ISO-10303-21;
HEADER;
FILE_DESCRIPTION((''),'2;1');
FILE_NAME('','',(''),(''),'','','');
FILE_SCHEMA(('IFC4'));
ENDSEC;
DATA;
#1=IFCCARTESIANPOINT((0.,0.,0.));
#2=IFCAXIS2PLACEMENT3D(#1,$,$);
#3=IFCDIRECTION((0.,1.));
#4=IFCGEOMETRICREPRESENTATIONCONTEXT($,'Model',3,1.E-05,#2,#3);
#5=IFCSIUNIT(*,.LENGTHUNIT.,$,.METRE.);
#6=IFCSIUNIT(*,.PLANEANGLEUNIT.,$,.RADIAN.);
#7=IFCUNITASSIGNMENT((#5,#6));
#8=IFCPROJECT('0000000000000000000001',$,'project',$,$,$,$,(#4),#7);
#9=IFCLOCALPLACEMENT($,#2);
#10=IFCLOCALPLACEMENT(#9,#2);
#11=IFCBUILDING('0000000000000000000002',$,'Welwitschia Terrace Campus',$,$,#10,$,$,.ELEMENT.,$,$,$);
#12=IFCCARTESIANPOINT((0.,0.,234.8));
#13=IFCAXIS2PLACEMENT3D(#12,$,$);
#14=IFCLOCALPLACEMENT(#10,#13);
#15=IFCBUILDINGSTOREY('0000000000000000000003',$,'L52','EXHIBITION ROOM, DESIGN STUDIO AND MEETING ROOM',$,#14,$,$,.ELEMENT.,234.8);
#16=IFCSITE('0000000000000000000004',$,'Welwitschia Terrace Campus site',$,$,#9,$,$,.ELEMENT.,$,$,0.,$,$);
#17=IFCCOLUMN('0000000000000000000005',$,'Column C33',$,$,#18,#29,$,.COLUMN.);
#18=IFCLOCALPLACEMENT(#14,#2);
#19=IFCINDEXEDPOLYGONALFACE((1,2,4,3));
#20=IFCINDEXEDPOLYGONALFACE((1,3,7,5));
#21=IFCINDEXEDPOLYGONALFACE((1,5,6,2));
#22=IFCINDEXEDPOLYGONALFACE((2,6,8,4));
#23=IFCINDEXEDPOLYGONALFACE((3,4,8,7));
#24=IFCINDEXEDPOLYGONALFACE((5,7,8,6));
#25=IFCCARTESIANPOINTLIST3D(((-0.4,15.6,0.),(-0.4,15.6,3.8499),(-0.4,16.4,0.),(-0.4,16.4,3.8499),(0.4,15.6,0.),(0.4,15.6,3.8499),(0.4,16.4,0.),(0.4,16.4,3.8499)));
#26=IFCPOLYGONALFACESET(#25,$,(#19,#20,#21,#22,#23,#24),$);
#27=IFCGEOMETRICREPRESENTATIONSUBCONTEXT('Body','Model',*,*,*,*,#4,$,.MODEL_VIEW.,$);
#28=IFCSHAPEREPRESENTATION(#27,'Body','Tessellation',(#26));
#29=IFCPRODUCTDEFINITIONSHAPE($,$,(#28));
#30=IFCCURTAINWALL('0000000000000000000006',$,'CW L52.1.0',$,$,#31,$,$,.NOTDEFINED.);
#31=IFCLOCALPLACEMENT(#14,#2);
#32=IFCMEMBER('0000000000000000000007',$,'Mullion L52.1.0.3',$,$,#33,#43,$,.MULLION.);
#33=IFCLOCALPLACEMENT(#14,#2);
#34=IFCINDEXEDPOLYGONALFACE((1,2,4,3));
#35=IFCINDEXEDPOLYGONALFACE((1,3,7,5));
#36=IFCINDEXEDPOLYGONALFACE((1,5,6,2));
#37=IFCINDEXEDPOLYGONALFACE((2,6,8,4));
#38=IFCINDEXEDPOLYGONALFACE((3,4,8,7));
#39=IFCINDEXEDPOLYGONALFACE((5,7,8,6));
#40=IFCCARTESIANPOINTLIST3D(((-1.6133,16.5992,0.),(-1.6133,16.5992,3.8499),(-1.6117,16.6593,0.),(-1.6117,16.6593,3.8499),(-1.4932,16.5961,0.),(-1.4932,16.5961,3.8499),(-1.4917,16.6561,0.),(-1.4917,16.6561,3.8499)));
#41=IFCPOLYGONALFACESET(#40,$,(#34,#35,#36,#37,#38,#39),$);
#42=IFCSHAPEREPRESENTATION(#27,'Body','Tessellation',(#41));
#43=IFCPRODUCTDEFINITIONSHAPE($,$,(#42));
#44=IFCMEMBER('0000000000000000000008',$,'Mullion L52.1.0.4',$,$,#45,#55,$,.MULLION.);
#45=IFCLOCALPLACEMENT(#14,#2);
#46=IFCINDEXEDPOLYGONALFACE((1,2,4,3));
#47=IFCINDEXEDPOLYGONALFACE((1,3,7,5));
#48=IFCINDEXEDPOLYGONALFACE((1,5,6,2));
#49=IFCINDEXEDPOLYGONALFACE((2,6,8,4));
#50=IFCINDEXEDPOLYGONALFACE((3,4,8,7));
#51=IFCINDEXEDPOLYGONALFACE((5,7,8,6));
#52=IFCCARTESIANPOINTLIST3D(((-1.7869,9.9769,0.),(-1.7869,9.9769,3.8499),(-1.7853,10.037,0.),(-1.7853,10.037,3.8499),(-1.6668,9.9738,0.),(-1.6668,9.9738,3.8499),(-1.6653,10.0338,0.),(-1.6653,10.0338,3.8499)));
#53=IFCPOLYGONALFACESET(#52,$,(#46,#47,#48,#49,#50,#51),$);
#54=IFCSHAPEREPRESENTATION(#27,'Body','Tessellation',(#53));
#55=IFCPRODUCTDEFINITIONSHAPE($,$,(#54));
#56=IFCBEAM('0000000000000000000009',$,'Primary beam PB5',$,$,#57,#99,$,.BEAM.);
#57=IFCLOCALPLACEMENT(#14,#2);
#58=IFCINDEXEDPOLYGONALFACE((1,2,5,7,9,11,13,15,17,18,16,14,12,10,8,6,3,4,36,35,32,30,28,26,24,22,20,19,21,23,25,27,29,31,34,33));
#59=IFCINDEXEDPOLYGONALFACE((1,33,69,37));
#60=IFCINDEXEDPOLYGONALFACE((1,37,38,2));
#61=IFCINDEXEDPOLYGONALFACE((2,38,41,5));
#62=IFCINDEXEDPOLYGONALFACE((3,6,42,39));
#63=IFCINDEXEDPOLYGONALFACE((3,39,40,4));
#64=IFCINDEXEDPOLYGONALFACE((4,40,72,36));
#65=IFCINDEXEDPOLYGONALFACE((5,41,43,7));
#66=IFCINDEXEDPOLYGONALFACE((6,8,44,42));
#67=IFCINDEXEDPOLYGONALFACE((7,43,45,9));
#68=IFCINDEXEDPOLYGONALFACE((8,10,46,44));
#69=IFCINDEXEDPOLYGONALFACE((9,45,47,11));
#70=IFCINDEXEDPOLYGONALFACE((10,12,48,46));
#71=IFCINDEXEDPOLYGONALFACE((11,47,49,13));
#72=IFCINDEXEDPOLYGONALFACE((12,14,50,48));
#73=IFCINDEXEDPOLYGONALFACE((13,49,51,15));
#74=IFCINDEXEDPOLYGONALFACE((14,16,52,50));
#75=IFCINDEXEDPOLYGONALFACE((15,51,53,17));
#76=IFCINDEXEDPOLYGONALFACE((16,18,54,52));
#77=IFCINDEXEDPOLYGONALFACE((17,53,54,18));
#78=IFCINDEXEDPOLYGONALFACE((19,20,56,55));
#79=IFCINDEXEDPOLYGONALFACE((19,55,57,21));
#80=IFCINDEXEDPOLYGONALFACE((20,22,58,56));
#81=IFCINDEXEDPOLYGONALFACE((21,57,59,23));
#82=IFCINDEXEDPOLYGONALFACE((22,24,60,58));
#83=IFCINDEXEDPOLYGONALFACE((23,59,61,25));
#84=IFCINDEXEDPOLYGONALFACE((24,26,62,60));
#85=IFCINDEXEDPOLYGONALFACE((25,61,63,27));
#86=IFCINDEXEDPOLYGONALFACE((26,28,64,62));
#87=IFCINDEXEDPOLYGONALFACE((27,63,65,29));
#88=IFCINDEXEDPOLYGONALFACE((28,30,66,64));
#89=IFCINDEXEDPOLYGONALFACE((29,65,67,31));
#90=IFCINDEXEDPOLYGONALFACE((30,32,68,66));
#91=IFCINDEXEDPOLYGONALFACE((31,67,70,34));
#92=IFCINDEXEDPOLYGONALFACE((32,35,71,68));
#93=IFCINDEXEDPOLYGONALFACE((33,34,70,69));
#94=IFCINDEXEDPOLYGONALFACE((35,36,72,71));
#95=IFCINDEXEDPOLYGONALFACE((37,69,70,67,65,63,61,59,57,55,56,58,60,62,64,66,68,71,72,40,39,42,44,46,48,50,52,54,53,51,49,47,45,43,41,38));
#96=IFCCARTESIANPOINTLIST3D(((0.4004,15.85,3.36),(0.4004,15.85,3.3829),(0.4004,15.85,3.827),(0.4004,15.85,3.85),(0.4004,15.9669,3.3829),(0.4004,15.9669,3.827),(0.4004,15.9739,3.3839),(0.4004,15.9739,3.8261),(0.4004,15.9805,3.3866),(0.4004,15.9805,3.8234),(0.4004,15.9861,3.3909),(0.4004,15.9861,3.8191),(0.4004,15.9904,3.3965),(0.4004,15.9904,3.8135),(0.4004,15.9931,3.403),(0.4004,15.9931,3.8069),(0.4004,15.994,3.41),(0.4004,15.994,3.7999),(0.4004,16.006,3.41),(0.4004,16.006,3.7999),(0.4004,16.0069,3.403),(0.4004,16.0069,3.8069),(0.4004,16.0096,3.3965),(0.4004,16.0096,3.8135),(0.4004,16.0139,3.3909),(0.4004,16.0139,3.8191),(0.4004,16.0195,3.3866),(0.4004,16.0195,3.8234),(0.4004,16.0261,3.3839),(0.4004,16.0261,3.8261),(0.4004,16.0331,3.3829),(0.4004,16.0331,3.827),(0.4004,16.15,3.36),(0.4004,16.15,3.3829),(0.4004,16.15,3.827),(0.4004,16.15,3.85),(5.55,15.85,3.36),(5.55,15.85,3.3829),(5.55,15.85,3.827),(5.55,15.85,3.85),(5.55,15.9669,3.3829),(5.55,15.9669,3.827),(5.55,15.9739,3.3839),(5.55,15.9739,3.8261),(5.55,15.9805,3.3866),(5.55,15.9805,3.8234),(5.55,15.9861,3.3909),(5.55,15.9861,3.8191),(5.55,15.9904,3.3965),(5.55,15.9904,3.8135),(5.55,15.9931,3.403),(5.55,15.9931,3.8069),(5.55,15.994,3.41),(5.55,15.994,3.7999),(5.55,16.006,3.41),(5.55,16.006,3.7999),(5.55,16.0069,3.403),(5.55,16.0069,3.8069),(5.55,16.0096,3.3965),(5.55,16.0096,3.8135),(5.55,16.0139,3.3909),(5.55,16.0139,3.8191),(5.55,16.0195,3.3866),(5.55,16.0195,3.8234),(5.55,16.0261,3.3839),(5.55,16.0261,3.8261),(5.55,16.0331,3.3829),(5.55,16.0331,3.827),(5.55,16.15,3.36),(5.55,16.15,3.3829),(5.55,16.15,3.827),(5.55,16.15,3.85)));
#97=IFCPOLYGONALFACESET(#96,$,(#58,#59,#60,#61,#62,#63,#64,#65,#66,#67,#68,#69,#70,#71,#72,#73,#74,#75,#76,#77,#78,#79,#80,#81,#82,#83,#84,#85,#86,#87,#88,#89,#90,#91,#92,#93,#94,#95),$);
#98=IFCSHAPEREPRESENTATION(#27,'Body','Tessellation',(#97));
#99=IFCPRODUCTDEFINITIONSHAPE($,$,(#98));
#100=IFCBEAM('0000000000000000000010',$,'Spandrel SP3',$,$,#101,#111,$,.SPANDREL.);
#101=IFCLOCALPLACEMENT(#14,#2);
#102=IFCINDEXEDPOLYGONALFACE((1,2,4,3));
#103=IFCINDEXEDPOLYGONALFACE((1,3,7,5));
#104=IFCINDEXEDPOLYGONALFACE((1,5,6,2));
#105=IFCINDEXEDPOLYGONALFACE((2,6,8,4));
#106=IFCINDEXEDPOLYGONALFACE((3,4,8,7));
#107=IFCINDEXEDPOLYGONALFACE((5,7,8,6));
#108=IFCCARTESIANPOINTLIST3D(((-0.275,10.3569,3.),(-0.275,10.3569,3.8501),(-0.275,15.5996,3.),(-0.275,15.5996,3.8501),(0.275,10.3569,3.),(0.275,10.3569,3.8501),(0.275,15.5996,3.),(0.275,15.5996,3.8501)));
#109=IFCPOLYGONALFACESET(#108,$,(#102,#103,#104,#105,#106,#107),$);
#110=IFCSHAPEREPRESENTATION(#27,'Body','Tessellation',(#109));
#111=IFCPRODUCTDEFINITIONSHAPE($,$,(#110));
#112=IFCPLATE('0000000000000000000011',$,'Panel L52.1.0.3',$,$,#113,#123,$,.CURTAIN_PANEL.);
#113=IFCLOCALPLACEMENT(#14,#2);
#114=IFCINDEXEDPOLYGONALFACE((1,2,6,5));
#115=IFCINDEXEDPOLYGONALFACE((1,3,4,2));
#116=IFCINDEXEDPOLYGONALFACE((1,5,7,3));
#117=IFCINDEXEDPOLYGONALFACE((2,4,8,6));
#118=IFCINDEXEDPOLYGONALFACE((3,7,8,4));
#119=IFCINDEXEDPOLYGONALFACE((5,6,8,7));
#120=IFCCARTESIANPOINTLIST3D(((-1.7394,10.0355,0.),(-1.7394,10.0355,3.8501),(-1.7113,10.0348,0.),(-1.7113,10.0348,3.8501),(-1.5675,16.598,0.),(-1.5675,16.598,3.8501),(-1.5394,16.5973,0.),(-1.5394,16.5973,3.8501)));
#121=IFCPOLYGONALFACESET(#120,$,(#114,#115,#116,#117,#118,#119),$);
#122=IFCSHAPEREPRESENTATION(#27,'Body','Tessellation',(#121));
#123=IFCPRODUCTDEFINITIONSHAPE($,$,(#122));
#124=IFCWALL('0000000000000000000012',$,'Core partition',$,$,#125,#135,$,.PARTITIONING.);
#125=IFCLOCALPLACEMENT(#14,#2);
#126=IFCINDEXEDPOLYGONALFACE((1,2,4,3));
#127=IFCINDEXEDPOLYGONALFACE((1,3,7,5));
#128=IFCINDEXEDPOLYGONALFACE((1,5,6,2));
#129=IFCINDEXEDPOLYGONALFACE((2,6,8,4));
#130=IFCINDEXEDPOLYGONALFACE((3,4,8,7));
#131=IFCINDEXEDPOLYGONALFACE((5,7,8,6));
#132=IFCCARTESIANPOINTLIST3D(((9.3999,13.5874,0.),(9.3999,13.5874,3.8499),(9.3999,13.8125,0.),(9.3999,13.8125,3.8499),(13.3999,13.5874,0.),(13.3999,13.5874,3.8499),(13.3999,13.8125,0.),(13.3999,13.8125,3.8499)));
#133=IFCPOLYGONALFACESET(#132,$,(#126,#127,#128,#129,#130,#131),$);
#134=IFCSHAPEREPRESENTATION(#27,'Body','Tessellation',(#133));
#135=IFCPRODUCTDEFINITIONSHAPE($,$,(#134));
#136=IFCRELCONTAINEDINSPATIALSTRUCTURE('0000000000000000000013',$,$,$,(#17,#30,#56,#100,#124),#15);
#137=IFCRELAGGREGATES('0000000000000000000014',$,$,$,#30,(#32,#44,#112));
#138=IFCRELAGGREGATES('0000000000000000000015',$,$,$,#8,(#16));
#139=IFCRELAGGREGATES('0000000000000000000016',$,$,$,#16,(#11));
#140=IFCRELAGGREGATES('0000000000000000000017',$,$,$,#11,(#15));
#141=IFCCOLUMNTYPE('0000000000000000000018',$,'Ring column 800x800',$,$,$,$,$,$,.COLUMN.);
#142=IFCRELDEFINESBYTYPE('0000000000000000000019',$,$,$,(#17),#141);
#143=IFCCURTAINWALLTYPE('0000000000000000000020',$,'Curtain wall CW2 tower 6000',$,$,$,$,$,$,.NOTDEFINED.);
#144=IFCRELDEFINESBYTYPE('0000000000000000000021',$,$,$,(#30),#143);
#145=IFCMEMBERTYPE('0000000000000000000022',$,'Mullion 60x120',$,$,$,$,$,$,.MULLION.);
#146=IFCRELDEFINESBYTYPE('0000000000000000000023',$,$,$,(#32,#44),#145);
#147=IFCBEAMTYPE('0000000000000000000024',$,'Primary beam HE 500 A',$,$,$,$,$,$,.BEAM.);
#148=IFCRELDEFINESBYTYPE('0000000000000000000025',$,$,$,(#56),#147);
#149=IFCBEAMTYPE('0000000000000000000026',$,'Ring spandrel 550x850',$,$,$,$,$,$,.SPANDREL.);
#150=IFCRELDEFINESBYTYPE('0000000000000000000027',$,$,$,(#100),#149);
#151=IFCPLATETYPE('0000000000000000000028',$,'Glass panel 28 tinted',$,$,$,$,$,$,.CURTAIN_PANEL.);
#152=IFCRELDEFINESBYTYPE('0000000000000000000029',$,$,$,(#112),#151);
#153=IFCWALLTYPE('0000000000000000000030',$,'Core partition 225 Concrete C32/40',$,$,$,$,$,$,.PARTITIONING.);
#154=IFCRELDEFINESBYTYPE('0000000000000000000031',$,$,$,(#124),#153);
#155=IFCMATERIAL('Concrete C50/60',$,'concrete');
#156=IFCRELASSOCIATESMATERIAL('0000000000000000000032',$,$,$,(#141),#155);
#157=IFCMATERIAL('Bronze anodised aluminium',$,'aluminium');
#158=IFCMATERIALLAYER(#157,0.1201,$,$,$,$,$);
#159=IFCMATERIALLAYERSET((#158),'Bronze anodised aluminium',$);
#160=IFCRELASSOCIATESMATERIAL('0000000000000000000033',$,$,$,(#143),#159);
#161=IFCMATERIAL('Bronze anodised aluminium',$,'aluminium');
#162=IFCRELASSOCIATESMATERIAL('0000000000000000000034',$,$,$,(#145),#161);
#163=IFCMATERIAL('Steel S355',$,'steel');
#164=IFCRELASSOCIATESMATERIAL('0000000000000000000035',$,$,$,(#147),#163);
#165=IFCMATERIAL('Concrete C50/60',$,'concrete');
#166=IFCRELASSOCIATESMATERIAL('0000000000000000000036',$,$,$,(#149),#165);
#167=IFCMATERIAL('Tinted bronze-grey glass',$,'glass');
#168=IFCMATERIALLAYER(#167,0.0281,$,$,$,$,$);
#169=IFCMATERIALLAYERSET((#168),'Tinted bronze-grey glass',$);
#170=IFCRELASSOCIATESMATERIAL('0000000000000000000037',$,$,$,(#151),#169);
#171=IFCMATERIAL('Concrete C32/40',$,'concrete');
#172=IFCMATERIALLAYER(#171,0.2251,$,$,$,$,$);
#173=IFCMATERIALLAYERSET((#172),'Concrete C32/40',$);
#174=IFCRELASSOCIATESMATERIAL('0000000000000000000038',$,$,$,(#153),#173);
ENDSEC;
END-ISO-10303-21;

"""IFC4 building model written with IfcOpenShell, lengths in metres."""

from ifc_helpers import new_model, si_unit, direction, frame, frame_2d, origin, origin_2d, place, context, subcontext, project, spatial, rectangle, i_section, extrude, material, layer, layer_set, material_profile, profile_set, type_object, element, aggregate, save


model = new_model("IFC4")

# Units and contexts
model_context = context("Model", 3, precision=1e-05, world=origin(), true_north=direction((0.0, 1.0)))
body_context = subcontext(model_context, "Body", "Model", "MODEL_VIEW")
ifc_project = project(units=[si_unit("LENGTHUNIT", "METRE"), si_unit("PLANEANGLEUNIT", "RADIAN")], contexts=[model_context])

# Site, building, storey
site_placement = place(None, origin())
site = spatial("IfcSite", under=ifc_project, at=site_placement, Name="Welwitschia Terrace Campus site", CompositionType="ELEMENT", RefElevation=0.0)
building_placement = place(site_placement, origin())
building = spatial("IfcBuilding", under=site, at=building_placement, Name="Welwitschia Terrace Campus", CompositionType="ELEMENT")
storey_placement = place(building_placement, frame((0.0, 0.0, 234.8)))
storey = spatial("IfcBuildingStorey", under=building, at=storey_placement, Name="L52", Description="EXHIBITION ROOM, DESIGN STUDIO AND MEETING ROOM", CompositionType="ELEMENT", Elevation=234.8)

# Column
ifc_material_1 = material(Name="Concrete C50/60", Category="concrete")
ifc_material_profile_1 = material_profile(ifc_material_1, rectangle(XDim=0.8, YDim=0.8, at=origin_2d()))
ifc_profile_set_1 = profile_set([ifc_material_profile_1], Name="Concrete C50/60")
column_type = type_object("IfcColumnType", Name="Ring column 800x800", PredefinedType="COLUMN", material=ifc_profile_set_1)
column_placement = place(storey_placement, frame((0.0, 16.0, 0.0), z_axis=(0.0, 0.0, 1.0), x_axis=(1.0, 0.0, 0.0)))
element("IfcColumn", 1, at=column_placement, inside=storey, type_object=column_type, Name="Column C33", PredefinedType="COLUMN", context=body_context, shape_type="SweptSolid", body=[
    extrude(rectangle(XDim=0.8, YDim=0.8, at=origin_2d()), origin(), (0.0, 0.0, 1.0), 3.8499),
])

# Curtain wall, members
ifc_material_2 = material(Name="Bronze anodised aluminium", Category="aluminium")
ifc_layer_1 = layer(ifc_material_2, 0.1201)
ifc_layer_set_1 = layer_set([ifc_layer_1], Name="Bronze anodised aluminium")
curtain_wall_type = type_object("IfcCurtainWallType", Name="Curtain wall CW2 tower 6000", PredefinedType="NOTDEFINED", material=ifc_layer_set_1)
curtain_wall_placement = place(storey_placement, origin())
curtain_wall = element("IfcCurtainWall", 2, at=curtain_wall_placement, inside=storey, type_object=curtain_wall_type, Name="CW L52.1.0", PredefinedType="NOTDEFINED")
ifc_material_3 = material(Name="Bronze anodised aluminium", Category="aluminium")
ifc_material_profile_2 = material_profile(ifc_material_3, rectangle(XDim=0.1201, YDim=0.0601, at=origin_2d()))
ifc_profile_set_2 = profile_set([ifc_material_profile_2], Name="Bronze anodised aluminium")
member_type = type_object("IfcMemberType", Name="Mullion 60x120", PredefinedType="MULLION", material=ifc_profile_set_2)
member_1_placement = place(storey_placement, frame((-1.5525, 16.6277, 0.0), z_axis=(0.0, 0.0, 1.0), x_axis=(0.999657, -0.026177, 0.0)))
member_1 = element("IfcMember", 3, at=member_1_placement, type_object=member_type, Name="Mullion L52.1.0.3", PredefinedType="MULLION", context=body_context, shape_type="SweptSolid", body=[
    extrude(rectangle(XDim=0.1201, YDim=0.0601, at=origin_2d()), origin(), (0.0, 0.0, 1.0), 3.8499),
])
member_2_placement = place(storey_placement, frame((-1.7261, 10.0054, 0.0), z_axis=(0.0, 0.0, 1.0), x_axis=(0.999657, -0.026177, 0.0)))
member_2 = element("IfcMember", 4, at=member_2_placement, type_object=member_type, Name="Mullion L52.1.0.4", PredefinedType="MULLION", context=body_context, shape_type="SweptSolid", body=[
    extrude(rectangle(XDim=0.1201, YDim=0.0601, at=origin_2d()), origin(), (0.0, 0.0, 1.0), 3.8499),
])

# Beams
ifc_material_4 = material(Name="Steel S355", Category="steel")
ifc_material_profile_3 = material_profile(ifc_material_4, i_section(OverallWidth=0.3, OverallDepth=0.49, WebThickness=0.012, FlangeThickness=0.0229, FilletRadius=0.0271, at=origin_2d()))
ifc_profile_set_3 = profile_set([ifc_material_profile_3], Name="Steel S355")
beam_type_1 = type_object("IfcBeamType", Name="Primary beam HE 500 A", PredefinedType="BEAM", material=ifc_profile_set_3)
beam_1_placement = place(storey_placement, frame((0.4004, 16.0, 3.605), z_axis=(1.0, 0.0, 0.0), x_axis=(0.0, 1.0, 0.0)))
element("IfcBeam", 5, at=beam_1_placement, inside=storey, type_object=beam_type_1, Name="Primary beam PB5", PredefinedType="BEAM", context=body_context, shape_type="SweptSolid", body=[
    extrude(i_section(OverallWidth=0.3, OverallDepth=0.49, WebThickness=0.012, FlangeThickness=0.0229, FilletRadius=0.0271, at=origin_2d()), origin(), (0.0, 0.0, 1.0), 5.1497),
])
ifc_material_5 = material(Name="Concrete C50/60", Category="concrete")
ifc_material_profile_4 = material_profile(ifc_material_5, rectangle(XDim=0.55, YDim=0.8501, at=origin_2d()))
ifc_profile_set_4 = profile_set([ifc_material_profile_4], Name="Concrete C50/60")
beam_type_2 = type_object("IfcBeamType", Name="Ring spandrel 550x850", PredefinedType="SPANDREL", material=ifc_profile_set_4)
beam_2_placement = place(storey_placement, frame((0.0, 15.5996, 3.425), z_axis=(0.0, -1.0, 0.0), x_axis=(1.0, 0.0, 0.0)))
element("IfcBeam", 6, at=beam_2_placement, inside=storey, type_object=beam_type_2, Name="Spandrel SP3", PredefinedType="SPANDREL", context=body_context, shape_type="SweptSolid", body=[
    extrude(rectangle(XDim=0.55, YDim=0.8501, at=origin_2d()), origin(), (0.0, 0.0, 1.0), 5.2427),
])

# Plate
ifc_material_6 = material(Name="Tinted bronze-grey glass", Category="glass")
ifc_layer_2 = layer(ifc_material_6, 0.0281)
ifc_layer_set_2 = layer_set([ifc_layer_2], Name="Tinted bronze-grey glass")
plate_type = type_object("IfcPlateType", Name="Glass panel 28 tinted", PredefinedType="CURTAIN_PANEL", material=ifc_layer_set_2)
plate_placement = place(storey_placement, frame((-1.6394, 13.3164, 0.0), z_axis=(0.0, 0.0, 1.0), x_axis=(-0.026177, -0.999657, 0.0)))
plate = element("IfcPlate", 7, at=plate_placement, type_object=plate_type, Name="Panel L52.1.0.3", PredefinedType="CURTAIN_PANEL", context=body_context, shape_type="SweptSolid", body=[
    extrude(rectangle(XDim=6.5647, YDim=0.0281, at=origin_2d()), origin(), (0.0, 0.0, 1.0), 3.8501),
])
aggregate(curtain_wall, [member_1, member_2, plate])

# Wall
ifc_material_7 = material(Name="Concrete C32/40", Category="concrete")
ifc_layer_3 = layer(ifc_material_7, 0.2251)
ifc_layer_set_3 = layer_set([ifc_layer_3], Name="Concrete C32/40")
wall_type_1 = type_object("IfcWallType", Name="Core partition 225 Concrete C32/40", PredefinedType="PARTITIONING", material=ifc_layer_set_3)
wall_1_placement = place(storey_placement, frame((9.3999, 13.7, 0.0), z_axis=(0.0, 0.0, 1.0), x_axis=(1.0, 0.0, 0.0)))
element("IfcWall", 8, at=wall_1_placement, inside=storey, type_object=wall_type_1, Name="Core partition", PredefinedType="PARTITIONING", context=body_context, shape_type="SweptSolid", body=[
    extrude(rectangle(XDim=4.0, YDim=0.2251, at=frame_2d((2.0, 0.0))), origin(), (0.0, 0.0, 1.0), 3.8499),
])

save(model, "model.ifc")
